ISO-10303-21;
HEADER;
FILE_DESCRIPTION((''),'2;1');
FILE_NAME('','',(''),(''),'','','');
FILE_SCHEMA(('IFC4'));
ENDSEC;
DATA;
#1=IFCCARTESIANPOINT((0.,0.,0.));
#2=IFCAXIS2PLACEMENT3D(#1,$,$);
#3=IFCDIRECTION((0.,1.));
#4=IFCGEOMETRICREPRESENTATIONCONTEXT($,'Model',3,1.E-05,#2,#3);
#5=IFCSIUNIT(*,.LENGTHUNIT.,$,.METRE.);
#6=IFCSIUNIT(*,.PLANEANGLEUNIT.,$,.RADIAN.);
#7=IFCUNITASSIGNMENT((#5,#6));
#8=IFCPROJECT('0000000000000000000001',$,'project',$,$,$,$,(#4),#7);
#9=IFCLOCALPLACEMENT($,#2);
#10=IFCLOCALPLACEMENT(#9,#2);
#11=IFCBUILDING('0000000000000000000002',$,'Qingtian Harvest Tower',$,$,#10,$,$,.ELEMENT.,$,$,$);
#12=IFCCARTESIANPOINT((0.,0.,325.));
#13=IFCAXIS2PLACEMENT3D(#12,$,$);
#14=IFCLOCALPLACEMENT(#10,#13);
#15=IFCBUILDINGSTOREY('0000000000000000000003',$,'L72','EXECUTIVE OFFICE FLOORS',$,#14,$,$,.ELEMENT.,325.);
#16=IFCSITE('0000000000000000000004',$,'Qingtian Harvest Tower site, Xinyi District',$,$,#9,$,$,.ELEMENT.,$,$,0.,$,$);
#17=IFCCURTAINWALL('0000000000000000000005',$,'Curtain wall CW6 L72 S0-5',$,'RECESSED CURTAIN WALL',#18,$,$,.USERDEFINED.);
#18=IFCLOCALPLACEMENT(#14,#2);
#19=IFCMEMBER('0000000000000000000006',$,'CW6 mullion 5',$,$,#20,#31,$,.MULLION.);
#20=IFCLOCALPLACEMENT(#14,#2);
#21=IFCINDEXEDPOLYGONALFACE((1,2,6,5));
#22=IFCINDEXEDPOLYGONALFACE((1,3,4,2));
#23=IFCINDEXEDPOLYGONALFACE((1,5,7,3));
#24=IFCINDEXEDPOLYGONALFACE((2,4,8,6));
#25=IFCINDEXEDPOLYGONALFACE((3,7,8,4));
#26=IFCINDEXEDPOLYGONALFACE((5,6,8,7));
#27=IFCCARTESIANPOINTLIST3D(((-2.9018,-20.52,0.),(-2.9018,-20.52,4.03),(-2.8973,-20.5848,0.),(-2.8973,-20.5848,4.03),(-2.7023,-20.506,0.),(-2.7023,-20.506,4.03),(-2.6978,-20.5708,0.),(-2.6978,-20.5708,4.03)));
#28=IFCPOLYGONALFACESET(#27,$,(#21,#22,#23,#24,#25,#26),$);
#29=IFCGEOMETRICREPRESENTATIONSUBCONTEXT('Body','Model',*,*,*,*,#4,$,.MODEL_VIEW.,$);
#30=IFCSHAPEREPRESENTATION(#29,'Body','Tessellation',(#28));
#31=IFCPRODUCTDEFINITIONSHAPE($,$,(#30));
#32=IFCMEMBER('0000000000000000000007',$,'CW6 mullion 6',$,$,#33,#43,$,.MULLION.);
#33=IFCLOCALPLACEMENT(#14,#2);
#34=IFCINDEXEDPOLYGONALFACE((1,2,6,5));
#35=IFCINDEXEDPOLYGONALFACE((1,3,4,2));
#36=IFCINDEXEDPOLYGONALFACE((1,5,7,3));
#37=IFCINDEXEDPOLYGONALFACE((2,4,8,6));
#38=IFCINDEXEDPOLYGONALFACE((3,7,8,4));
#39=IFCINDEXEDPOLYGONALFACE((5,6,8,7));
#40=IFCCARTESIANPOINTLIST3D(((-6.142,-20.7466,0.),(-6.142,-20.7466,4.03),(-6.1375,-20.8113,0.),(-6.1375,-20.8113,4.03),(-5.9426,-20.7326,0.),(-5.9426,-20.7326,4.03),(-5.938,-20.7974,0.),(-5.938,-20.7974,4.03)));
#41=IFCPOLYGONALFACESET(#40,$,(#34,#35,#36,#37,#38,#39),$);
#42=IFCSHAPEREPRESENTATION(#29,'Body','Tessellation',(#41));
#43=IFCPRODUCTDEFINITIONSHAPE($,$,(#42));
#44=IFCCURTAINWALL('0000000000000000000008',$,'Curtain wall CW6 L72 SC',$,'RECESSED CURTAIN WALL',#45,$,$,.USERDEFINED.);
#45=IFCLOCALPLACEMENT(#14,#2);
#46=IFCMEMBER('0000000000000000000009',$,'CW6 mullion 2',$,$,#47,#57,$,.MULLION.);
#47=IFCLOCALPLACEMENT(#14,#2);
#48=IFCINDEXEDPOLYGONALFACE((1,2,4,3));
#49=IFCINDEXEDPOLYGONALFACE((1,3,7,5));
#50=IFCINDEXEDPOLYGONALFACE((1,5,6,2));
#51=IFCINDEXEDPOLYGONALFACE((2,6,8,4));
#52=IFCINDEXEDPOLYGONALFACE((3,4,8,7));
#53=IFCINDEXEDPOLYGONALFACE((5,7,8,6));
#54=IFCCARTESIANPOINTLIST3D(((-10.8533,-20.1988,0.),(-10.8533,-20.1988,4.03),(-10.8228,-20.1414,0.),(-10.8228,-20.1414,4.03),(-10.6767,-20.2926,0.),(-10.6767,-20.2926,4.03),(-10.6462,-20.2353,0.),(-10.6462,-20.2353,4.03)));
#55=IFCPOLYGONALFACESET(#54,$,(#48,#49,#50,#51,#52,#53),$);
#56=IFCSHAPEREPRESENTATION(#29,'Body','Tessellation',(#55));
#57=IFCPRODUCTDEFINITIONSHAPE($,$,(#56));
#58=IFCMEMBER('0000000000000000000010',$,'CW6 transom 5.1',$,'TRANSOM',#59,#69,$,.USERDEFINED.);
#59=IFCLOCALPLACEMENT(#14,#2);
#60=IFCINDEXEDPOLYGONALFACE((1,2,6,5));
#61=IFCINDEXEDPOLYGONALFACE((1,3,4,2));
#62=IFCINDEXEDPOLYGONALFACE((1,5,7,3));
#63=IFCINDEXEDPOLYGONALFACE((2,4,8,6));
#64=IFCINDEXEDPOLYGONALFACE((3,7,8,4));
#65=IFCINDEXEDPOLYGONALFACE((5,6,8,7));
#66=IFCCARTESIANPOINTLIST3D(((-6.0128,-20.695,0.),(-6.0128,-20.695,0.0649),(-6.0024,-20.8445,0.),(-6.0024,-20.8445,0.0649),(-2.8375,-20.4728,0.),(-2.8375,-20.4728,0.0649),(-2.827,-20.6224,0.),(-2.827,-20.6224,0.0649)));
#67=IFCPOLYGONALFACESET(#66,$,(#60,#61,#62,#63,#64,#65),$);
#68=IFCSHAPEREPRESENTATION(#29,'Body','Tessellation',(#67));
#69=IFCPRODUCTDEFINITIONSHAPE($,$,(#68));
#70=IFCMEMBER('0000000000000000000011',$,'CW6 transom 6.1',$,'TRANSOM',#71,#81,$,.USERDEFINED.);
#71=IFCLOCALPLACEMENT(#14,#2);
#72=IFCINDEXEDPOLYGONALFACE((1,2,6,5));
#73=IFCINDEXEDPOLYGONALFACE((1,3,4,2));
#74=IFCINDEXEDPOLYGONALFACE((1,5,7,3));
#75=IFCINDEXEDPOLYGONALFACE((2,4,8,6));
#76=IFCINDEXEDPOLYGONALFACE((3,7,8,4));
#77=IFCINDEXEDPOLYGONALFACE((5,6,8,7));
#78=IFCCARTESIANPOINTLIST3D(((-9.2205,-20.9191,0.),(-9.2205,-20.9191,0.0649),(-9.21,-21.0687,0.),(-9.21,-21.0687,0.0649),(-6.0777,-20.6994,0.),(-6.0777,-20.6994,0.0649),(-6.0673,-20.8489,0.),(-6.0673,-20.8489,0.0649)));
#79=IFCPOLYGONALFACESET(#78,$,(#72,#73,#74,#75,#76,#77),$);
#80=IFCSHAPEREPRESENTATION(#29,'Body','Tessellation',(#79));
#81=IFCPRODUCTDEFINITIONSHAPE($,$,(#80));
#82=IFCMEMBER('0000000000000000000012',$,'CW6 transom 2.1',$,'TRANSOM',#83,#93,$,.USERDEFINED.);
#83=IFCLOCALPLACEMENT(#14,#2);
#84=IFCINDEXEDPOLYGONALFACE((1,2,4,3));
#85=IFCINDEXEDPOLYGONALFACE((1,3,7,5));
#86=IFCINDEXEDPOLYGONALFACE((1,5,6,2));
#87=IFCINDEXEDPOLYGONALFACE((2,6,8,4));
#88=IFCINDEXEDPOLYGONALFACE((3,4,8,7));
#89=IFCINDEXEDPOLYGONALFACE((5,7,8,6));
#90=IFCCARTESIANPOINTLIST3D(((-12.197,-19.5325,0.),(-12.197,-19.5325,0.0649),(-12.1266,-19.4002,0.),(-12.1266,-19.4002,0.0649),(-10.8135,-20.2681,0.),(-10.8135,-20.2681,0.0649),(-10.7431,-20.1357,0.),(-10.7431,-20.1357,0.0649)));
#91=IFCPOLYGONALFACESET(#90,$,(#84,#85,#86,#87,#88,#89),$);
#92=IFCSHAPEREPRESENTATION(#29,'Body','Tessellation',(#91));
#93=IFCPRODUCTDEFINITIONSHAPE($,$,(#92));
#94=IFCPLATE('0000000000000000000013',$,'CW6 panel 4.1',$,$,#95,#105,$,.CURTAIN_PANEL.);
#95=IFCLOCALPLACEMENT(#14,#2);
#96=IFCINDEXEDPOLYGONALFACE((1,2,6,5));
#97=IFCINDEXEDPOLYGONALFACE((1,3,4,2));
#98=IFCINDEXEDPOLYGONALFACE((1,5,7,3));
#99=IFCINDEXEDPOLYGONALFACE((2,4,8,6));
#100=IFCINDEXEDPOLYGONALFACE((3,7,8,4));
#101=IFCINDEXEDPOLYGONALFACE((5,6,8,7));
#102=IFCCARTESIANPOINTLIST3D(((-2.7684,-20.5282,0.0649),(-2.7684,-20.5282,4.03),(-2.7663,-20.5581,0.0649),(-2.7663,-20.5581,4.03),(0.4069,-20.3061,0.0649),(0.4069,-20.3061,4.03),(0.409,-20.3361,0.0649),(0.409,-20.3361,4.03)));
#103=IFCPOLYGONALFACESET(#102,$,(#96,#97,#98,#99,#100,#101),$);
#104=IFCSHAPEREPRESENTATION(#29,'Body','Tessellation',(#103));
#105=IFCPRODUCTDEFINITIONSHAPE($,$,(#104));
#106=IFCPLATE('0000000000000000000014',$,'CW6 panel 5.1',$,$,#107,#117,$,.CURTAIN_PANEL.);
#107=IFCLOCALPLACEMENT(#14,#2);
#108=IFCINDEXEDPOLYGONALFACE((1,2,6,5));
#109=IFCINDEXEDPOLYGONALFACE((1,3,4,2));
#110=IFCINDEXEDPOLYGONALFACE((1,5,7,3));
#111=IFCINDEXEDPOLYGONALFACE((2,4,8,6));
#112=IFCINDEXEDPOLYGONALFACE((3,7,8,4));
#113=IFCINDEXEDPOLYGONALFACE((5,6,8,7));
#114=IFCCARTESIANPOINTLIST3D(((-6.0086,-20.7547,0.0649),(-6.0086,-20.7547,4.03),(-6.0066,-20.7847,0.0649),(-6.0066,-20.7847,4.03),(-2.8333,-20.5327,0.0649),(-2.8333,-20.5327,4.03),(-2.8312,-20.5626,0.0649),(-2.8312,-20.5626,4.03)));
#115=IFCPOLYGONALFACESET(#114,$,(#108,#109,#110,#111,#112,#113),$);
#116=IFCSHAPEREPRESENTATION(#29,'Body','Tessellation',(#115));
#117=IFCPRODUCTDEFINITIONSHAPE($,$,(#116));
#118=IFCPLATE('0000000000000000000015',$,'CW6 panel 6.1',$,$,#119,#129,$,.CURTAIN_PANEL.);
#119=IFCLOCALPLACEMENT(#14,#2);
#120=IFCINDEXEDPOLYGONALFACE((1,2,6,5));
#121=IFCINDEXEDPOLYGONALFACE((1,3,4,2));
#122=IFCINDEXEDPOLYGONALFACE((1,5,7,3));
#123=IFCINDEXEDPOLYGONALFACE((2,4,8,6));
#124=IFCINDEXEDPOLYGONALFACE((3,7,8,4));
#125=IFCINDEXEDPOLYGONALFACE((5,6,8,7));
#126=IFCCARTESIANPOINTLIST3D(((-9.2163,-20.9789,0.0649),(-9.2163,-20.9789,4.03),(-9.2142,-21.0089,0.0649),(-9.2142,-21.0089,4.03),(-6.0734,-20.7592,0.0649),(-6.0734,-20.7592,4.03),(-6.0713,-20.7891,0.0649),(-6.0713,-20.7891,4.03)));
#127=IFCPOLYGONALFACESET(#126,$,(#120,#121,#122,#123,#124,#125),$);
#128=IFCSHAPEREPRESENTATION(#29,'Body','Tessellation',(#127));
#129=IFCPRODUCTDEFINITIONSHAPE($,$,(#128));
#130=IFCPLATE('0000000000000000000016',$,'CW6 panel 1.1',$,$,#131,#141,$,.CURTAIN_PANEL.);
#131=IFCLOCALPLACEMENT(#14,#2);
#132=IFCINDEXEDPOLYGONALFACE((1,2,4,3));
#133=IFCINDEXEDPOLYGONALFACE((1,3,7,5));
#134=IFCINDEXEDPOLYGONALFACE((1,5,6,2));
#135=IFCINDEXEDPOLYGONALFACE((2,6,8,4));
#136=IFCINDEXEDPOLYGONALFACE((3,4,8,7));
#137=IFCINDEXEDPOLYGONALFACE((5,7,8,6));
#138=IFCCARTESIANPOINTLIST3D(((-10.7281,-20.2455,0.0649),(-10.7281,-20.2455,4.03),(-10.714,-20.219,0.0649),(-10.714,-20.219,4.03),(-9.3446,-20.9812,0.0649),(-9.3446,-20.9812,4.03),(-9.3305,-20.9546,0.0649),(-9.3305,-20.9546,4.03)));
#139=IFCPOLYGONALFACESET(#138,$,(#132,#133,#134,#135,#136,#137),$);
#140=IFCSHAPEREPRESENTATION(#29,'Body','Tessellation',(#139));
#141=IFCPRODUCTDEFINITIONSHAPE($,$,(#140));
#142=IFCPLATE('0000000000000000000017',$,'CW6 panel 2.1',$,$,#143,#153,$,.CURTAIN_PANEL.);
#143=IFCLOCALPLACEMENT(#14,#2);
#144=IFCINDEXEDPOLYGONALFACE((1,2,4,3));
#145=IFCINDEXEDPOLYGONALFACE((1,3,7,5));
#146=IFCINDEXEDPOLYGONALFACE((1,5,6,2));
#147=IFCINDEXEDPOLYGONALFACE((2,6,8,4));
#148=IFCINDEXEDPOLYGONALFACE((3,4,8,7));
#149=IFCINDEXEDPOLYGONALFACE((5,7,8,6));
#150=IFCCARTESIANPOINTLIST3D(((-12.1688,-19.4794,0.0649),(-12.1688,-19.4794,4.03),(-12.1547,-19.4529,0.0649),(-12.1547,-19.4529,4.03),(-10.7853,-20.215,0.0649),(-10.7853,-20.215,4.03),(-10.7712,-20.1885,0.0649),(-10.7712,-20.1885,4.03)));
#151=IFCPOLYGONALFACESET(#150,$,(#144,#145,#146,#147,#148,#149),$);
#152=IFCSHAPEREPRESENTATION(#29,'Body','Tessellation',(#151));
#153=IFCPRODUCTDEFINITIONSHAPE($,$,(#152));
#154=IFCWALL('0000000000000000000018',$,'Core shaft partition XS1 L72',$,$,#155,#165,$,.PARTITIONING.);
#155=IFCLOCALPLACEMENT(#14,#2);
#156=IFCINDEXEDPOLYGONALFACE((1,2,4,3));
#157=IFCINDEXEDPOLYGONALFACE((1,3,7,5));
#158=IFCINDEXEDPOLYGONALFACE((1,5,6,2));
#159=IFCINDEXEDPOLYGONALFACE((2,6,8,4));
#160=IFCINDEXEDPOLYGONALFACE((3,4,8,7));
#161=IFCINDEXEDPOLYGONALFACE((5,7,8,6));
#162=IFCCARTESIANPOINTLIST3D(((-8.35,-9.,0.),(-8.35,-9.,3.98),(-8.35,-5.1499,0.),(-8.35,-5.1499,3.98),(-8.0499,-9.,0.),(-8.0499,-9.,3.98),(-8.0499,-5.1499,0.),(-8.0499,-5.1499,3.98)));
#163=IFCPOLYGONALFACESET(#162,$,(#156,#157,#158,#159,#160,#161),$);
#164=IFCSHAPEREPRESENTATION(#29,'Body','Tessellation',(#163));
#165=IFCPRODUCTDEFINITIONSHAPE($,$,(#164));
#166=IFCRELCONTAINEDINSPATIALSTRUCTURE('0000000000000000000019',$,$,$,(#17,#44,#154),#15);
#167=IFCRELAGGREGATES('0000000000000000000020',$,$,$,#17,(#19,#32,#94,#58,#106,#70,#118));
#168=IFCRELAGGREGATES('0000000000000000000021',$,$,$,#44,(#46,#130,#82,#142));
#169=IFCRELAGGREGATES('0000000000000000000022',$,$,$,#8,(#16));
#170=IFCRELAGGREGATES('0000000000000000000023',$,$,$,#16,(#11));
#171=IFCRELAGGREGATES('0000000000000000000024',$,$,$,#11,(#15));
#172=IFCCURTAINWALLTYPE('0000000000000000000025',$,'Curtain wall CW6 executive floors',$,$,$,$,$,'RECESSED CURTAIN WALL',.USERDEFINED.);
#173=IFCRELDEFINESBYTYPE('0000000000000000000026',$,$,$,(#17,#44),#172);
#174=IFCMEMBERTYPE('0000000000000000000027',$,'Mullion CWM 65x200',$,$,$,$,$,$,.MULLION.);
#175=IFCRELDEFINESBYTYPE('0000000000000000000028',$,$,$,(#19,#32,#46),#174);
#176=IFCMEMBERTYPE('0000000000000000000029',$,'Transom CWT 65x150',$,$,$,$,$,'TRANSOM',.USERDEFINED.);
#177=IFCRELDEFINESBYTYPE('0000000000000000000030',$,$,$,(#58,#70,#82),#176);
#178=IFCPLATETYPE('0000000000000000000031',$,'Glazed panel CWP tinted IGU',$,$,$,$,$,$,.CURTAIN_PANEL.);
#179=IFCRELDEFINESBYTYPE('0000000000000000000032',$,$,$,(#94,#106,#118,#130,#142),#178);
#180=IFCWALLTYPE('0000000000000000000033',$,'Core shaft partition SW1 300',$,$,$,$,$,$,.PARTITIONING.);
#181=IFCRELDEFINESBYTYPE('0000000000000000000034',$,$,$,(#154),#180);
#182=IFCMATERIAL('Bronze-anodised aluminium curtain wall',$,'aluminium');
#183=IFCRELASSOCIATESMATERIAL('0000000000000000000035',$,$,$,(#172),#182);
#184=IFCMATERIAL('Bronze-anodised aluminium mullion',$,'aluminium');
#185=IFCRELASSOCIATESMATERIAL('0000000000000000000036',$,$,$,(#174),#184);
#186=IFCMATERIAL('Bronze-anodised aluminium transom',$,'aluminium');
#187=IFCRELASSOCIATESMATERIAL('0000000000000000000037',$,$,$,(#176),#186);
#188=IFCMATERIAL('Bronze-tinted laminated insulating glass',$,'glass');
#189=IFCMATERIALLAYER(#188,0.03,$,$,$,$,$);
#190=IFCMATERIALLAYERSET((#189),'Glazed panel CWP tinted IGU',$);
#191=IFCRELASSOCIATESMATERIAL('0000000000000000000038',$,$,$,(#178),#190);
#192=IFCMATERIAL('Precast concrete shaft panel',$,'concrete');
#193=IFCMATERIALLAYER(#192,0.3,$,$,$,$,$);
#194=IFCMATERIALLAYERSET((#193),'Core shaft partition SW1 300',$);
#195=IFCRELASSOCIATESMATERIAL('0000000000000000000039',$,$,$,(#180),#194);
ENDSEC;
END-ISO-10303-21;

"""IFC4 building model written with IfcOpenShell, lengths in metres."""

from ifc_helpers import new_model, si_unit, direction, frame, frame_2d, origin, origin_2d, place, context, subcontext, project, spatial, rectangle, extrude, material, layer, layer_set, material_profile, profile_set, type_object, element, aggregate, save


model = new_model("IFC4")

# Units and contexts
model_context = context("Model", 3, precision=1e-05, world=origin(), true_north=direction((0.0, 1.0)))
body_context = subcontext(model_context, "Body", "Model", "MODEL_VIEW")
ifc_project = project(units=[si_unit("LENGTHUNIT", "METRE"), si_unit("PLANEANGLEUNIT", "RADIAN")], contexts=[model_context])

# Site, building, storey
site_placement = place(None, origin())
site = spatial("IfcSite", under=ifc_project, at=site_placement, Name="Qingtian Harvest Tower site, Xinyi District", CompositionType="ELEMENT", RefElevation=0.0)
building_placement = place(site_placement, origin())
building = spatial("IfcBuilding", under=site, at=building_placement, Name="Qingtian Harvest Tower", CompositionType="ELEMENT")
storey_placement = place(building_placement, frame((0.0, 0.0, 325.0)))
storey = spatial("IfcBuildingStorey", under=building, at=storey_placement, Name="L72", Description="EXECUTIVE OFFICE FLOORS", CompositionType="ELEMENT", Elevation=325.0)

# Curtain wall, members
ifc_material_1 = material(Name="Bronze-anodised aluminium curtain wall", Category="aluminium")
curtain_wall_type = type_object("IfcCurtainWallType", Name="Curtain wall CW6 executive floors", ElementType="RECESSED CURTAIN WALL", PredefinedType="USERDEFINED", material=ifc_material_1)
curtain_wall_1_placement = place(storey_placement, origin())
curtain_wall_1 = element("IfcCurtainWall", 1, at=curtain_wall_1_placement, inside=storey, type_object=curtain_wall_type, Name="Curtain wall CW6 L72 S0-5", ObjectType="RECESSED CURTAIN WALL", PredefinedType="USERDEFINED")
ifc_material_2 = material(Name="Bronze-anodised aluminium mullion", Category="aluminium")
ifc_material_profile_1 = material_profile(ifc_material_2, rectangle(XDim=0.0649, YDim=0.2, at=origin_2d()), Name="AL 65x200")
ifc_profile_set_1 = profile_set([ifc_material_profile_1], Name="Bronze-anodised aluminium mullion")
member_type_1 = type_object("IfcMemberType", Name="Mullion CWM 65x200", PredefinedType="MULLION", material=ifc_profile_set_1)
member_1_placement = place(storey_placement, frame((-2.7998, -20.5454, 0.0), z_axis=(0.0, 0.0, 1.0), x_axis=(0.069756, -0.997564, 0.0)))
member_1 = element("IfcMember", 2, at=member_1_placement, type_object=member_type_1, Name="CW6 mullion 5", PredefinedType="MULLION", context=body_context, shape_type="SweptSolid", body=[
    extrude(rectangle(XDim=0.0649, YDim=0.2, at=origin_2d()), origin(), (0.0, 0.0, 1.0), 4.03),
])
member_2_placement = place(storey_placement, frame((-6.04, -20.772, 0.0), z_axis=(0.0, 0.0, 1.0), x_axis=(0.069756, -0.997564, 0.0)))
member_2 = element("IfcMember", 3, at=member_2_placement, type_object=member_type_1, Name="CW6 mullion 6", PredefinedType="MULLION", context=body_context, shape_type="SweptSolid", body=[
    extrude(rectangle(XDim=0.0649, YDim=0.2, at=origin_2d()), origin(), (0.0, 0.0, 1.0), 4.03),
])

# Curtain wall, member
curtain_wall_2_placement = place(storey_placement, origin())
curtain_wall_2 = element("IfcCurtainWall", 4, at=curtain_wall_2_placement, inside=storey, type_object=curtain_wall_type, Name="Curtain wall CW6 L72 SC", ObjectType="RECESSED CURTAIN WALL", PredefinedType="USERDEFINED")
member_3_placement = place(storey_placement, frame((-10.7498, -20.217, 0.0), z_axis=(0.0, 0.0, 1.0), x_axis=(-0.469472, -0.882948, 0.0)))
member_3 = element("IfcMember", 5, at=member_3_placement, type_object=member_type_1, Name="CW6 mullion 2", PredefinedType="MULLION", context=body_context, shape_type="SweptSolid", body=[
    extrude(rectangle(XDim=0.0649, YDim=0.2, at=origin_2d()), origin(), (0.0, 0.0, 1.0), 4.03),
])

# Members
ifc_material_3 = material(Name="Bronze-anodised aluminium transom", Category="aluminium")
ifc_material_profile_2 = material_profile(ifc_material_3, rectangle(XDim=0.1499, YDim=0.0649, at=origin_2d()), Name="AL 65x150")
ifc_profile_set_2 = profile_set([ifc_material_profile_2], Name="Bronze-anodised aluminium transom")
member_type_2 = type_object("IfcMemberType", Name="Transom CWT 65x150", ElementType="TRANSOM", PredefinedType="USERDEFINED", material=ifc_profile_set_2)
member_4_placement = place(storey_placement, frame((-2.8323, -20.5476, 0.0325), z_axis=(-0.997561, -0.069797, 0.0), x_axis=(0.069797, -0.997561, 0.0)))
member_4 = element("IfcMember", 6, at=member_4_placement, type_object=member_type_2, Name="CW6 transom 5.1", ObjectType="TRANSOM", PredefinedType="USERDEFINED", context=body_context, shape_type="SweptSolid", body=[
    extrude(rectangle(XDim=0.1499, YDim=0.0649, at=origin_2d()), origin(), (0.0, 0.0, 1.0), 3.1831),
])
member_5_placement = place(storey_placement, frame((-6.0725, -20.7742, 0.0325), z_axis=(-0.997565, -0.069744, 0.0), x_axis=(0.069744, -0.997565, 0.0)))
member_5 = element("IfcMember", 7, at=member_5_placement, type_object=member_type_2, Name="CW6 transom 6.1", ObjectType="TRANSOM", PredefinedType="USERDEFINED", context=body_context, shape_type="SweptSolid", body=[
    extrude(rectangle(XDim=0.1499, YDim=0.0649, at=origin_2d()), origin(), (0.0, 0.0, 1.0), 3.1504),
])
member_6_placement = place(storey_placement, frame((-10.7783, -20.2019, 0.0325), z_axis=(-0.88296, 0.469448, 0.0), x_axis=(-0.469448, -0.88296, 0.0)))
member_6 = element("IfcMember", 8, at=member_6_placement, type_object=member_type_2, Name="CW6 transom 2.1", ObjectType="TRANSOM", PredefinedType="USERDEFINED", context=body_context, shape_type="SweptSolid", body=[
    extrude(rectangle(XDim=0.1499, YDim=0.0649, at=origin_2d()), origin(), (0.0, 0.0, 1.0), 1.5669),
])

# Plates
ifc_material_4 = material(Name="Bronze-tinted laminated insulating glass", Category="glass")
ifc_layer_1 = layer(ifc_material_4, 0.03)
ifc_layer_set_1 = layer_set([ifc_layer_1], Name="Glazed panel CWP tinted IGU")
plate_type = type_object("IfcPlateType", Name="Glazed panel CWP tinted IGU", PredefinedType="CURTAIN_PANEL", material=ifc_layer_set_1)
plate_1_placement = place(storey_placement, frame((-1.1797, -20.4321, 0.0649), z_axis=(0.0, 0.0, 1.0), x_axis=(-0.997564, -0.069756, 0.0)))
plate_1 = element("IfcPlate", 9, at=plate_1_placement, type_object=plate_type, Name="CW6 panel 4.1", PredefinedType="CURTAIN_PANEL", context=body_context, shape_type="SweptSolid", body=[
    extrude(rectangle(XDim=3.1831, YDim=0.03, at=origin_2d()), origin(), (0.0, 0.0, 1.0), 3.9651),
])
plate_2_placement = place(storey_placement, frame((-4.4199, -20.6587, 0.0649), z_axis=(0.0, 0.0, 1.0), x_axis=(-0.997564, -0.069756, 0.0)))
plate_2 = element("IfcPlate", 10, at=plate_2_placement, type_object=plate_type, Name="CW6 panel 5.1", PredefinedType="CURTAIN_PANEL", context=body_context, shape_type="SweptSolid", body=[
    extrude(rectangle(XDim=3.1831, YDim=0.03, at=origin_2d()), origin(), (0.0, 0.0, 1.0), 3.9651),
])
plate_3_placement = place(storey_placement, frame((-7.6438, -20.884, 0.0649), z_axis=(0.0, 0.0, 1.0), x_axis=(-0.997564, -0.069756, 0.0)))
plate_3 = element("IfcPlate", 11, at=plate_3_placement, type_object=plate_type, Name="CW6 panel 6.1", PredefinedType="CURTAIN_PANEL", context=body_context, shape_type="SweptSolid", body=[
    extrude(rectangle(XDim=3.1506, YDim=0.03, at=origin_2d()), origin(), (0.0, 0.0, 1.0), 3.9651),
])
aggregate(curtain_wall_1, [member_1, member_2, plate_1, member_4, plate_2, member_5, plate_3])
plate_4_placement = place(storey_placement, frame((-10.0293, -20.6001, 0.0649), z_axis=(0.0, 0.0, 1.0), x_axis=(-0.882948, 0.469472, 0.0)))
plate_4 = element("IfcPlate", 12, at=plate_4_placement, type_object=plate_type, Name="CW6 panel 1.1", PredefinedType="CURTAIN_PANEL", context=body_context, shape_type="SweptSolid", body=[
    extrude(rectangle(XDim=1.5669, YDim=0.03, at=origin_2d()), origin(), (0.0, 0.0, 1.0), 3.9651),
])
plate_5_placement = place(storey_placement, frame((-11.47, -19.834, 0.0649), z_axis=(0.0, 0.0, 1.0), x_axis=(-0.882948, 0.469472, 0.0)))
plate_5 = element("IfcPlate", 13, at=plate_5_placement, type_object=plate_type, Name="CW6 panel 2.1", PredefinedType="CURTAIN_PANEL", context=body_context, shape_type="SweptSolid", body=[
    extrude(rectangle(XDim=1.5669, YDim=0.03, at=origin_2d()), origin(), (0.0, 0.0, 1.0), 3.9651),
])
aggregate(curtain_wall_2, [member_3, plate_4, member_6, plate_5])

# Wall
ifc_material_5 = material(Name="Precast concrete shaft panel", Category="concrete")
ifc_layer_2 = layer(ifc_material_5, 0.3)
ifc_layer_set_2 = layer_set([ifc_layer_2], Name="Core shaft partition SW1 300")
wall_type_1 = type_object("IfcWallType", Name="Core shaft partition SW1 300", PredefinedType="PARTITIONING", material=ifc_layer_set_2)
wall_1_placement = place(storey_placement, frame((-8.2, -9.0, 0.0), z_axis=(0.0, 0.0, 1.0), x_axis=(0.0, 1.0, 0.0)))
element("IfcWall", 14, at=wall_1_placement, inside=storey, type_object=wall_type_1, Name="Core shaft partition XS1 L72", PredefinedType="PARTITIONING", context=body_context, shape_type="SweptSolid", body=[
    extrude(rectangle(XDim=3.8501, YDim=0.3, at=frame_2d((1.925, 0.0))), origin(), (0.0, 0.0, 1.0), 3.98),
])

save(model, "model.ifc")
